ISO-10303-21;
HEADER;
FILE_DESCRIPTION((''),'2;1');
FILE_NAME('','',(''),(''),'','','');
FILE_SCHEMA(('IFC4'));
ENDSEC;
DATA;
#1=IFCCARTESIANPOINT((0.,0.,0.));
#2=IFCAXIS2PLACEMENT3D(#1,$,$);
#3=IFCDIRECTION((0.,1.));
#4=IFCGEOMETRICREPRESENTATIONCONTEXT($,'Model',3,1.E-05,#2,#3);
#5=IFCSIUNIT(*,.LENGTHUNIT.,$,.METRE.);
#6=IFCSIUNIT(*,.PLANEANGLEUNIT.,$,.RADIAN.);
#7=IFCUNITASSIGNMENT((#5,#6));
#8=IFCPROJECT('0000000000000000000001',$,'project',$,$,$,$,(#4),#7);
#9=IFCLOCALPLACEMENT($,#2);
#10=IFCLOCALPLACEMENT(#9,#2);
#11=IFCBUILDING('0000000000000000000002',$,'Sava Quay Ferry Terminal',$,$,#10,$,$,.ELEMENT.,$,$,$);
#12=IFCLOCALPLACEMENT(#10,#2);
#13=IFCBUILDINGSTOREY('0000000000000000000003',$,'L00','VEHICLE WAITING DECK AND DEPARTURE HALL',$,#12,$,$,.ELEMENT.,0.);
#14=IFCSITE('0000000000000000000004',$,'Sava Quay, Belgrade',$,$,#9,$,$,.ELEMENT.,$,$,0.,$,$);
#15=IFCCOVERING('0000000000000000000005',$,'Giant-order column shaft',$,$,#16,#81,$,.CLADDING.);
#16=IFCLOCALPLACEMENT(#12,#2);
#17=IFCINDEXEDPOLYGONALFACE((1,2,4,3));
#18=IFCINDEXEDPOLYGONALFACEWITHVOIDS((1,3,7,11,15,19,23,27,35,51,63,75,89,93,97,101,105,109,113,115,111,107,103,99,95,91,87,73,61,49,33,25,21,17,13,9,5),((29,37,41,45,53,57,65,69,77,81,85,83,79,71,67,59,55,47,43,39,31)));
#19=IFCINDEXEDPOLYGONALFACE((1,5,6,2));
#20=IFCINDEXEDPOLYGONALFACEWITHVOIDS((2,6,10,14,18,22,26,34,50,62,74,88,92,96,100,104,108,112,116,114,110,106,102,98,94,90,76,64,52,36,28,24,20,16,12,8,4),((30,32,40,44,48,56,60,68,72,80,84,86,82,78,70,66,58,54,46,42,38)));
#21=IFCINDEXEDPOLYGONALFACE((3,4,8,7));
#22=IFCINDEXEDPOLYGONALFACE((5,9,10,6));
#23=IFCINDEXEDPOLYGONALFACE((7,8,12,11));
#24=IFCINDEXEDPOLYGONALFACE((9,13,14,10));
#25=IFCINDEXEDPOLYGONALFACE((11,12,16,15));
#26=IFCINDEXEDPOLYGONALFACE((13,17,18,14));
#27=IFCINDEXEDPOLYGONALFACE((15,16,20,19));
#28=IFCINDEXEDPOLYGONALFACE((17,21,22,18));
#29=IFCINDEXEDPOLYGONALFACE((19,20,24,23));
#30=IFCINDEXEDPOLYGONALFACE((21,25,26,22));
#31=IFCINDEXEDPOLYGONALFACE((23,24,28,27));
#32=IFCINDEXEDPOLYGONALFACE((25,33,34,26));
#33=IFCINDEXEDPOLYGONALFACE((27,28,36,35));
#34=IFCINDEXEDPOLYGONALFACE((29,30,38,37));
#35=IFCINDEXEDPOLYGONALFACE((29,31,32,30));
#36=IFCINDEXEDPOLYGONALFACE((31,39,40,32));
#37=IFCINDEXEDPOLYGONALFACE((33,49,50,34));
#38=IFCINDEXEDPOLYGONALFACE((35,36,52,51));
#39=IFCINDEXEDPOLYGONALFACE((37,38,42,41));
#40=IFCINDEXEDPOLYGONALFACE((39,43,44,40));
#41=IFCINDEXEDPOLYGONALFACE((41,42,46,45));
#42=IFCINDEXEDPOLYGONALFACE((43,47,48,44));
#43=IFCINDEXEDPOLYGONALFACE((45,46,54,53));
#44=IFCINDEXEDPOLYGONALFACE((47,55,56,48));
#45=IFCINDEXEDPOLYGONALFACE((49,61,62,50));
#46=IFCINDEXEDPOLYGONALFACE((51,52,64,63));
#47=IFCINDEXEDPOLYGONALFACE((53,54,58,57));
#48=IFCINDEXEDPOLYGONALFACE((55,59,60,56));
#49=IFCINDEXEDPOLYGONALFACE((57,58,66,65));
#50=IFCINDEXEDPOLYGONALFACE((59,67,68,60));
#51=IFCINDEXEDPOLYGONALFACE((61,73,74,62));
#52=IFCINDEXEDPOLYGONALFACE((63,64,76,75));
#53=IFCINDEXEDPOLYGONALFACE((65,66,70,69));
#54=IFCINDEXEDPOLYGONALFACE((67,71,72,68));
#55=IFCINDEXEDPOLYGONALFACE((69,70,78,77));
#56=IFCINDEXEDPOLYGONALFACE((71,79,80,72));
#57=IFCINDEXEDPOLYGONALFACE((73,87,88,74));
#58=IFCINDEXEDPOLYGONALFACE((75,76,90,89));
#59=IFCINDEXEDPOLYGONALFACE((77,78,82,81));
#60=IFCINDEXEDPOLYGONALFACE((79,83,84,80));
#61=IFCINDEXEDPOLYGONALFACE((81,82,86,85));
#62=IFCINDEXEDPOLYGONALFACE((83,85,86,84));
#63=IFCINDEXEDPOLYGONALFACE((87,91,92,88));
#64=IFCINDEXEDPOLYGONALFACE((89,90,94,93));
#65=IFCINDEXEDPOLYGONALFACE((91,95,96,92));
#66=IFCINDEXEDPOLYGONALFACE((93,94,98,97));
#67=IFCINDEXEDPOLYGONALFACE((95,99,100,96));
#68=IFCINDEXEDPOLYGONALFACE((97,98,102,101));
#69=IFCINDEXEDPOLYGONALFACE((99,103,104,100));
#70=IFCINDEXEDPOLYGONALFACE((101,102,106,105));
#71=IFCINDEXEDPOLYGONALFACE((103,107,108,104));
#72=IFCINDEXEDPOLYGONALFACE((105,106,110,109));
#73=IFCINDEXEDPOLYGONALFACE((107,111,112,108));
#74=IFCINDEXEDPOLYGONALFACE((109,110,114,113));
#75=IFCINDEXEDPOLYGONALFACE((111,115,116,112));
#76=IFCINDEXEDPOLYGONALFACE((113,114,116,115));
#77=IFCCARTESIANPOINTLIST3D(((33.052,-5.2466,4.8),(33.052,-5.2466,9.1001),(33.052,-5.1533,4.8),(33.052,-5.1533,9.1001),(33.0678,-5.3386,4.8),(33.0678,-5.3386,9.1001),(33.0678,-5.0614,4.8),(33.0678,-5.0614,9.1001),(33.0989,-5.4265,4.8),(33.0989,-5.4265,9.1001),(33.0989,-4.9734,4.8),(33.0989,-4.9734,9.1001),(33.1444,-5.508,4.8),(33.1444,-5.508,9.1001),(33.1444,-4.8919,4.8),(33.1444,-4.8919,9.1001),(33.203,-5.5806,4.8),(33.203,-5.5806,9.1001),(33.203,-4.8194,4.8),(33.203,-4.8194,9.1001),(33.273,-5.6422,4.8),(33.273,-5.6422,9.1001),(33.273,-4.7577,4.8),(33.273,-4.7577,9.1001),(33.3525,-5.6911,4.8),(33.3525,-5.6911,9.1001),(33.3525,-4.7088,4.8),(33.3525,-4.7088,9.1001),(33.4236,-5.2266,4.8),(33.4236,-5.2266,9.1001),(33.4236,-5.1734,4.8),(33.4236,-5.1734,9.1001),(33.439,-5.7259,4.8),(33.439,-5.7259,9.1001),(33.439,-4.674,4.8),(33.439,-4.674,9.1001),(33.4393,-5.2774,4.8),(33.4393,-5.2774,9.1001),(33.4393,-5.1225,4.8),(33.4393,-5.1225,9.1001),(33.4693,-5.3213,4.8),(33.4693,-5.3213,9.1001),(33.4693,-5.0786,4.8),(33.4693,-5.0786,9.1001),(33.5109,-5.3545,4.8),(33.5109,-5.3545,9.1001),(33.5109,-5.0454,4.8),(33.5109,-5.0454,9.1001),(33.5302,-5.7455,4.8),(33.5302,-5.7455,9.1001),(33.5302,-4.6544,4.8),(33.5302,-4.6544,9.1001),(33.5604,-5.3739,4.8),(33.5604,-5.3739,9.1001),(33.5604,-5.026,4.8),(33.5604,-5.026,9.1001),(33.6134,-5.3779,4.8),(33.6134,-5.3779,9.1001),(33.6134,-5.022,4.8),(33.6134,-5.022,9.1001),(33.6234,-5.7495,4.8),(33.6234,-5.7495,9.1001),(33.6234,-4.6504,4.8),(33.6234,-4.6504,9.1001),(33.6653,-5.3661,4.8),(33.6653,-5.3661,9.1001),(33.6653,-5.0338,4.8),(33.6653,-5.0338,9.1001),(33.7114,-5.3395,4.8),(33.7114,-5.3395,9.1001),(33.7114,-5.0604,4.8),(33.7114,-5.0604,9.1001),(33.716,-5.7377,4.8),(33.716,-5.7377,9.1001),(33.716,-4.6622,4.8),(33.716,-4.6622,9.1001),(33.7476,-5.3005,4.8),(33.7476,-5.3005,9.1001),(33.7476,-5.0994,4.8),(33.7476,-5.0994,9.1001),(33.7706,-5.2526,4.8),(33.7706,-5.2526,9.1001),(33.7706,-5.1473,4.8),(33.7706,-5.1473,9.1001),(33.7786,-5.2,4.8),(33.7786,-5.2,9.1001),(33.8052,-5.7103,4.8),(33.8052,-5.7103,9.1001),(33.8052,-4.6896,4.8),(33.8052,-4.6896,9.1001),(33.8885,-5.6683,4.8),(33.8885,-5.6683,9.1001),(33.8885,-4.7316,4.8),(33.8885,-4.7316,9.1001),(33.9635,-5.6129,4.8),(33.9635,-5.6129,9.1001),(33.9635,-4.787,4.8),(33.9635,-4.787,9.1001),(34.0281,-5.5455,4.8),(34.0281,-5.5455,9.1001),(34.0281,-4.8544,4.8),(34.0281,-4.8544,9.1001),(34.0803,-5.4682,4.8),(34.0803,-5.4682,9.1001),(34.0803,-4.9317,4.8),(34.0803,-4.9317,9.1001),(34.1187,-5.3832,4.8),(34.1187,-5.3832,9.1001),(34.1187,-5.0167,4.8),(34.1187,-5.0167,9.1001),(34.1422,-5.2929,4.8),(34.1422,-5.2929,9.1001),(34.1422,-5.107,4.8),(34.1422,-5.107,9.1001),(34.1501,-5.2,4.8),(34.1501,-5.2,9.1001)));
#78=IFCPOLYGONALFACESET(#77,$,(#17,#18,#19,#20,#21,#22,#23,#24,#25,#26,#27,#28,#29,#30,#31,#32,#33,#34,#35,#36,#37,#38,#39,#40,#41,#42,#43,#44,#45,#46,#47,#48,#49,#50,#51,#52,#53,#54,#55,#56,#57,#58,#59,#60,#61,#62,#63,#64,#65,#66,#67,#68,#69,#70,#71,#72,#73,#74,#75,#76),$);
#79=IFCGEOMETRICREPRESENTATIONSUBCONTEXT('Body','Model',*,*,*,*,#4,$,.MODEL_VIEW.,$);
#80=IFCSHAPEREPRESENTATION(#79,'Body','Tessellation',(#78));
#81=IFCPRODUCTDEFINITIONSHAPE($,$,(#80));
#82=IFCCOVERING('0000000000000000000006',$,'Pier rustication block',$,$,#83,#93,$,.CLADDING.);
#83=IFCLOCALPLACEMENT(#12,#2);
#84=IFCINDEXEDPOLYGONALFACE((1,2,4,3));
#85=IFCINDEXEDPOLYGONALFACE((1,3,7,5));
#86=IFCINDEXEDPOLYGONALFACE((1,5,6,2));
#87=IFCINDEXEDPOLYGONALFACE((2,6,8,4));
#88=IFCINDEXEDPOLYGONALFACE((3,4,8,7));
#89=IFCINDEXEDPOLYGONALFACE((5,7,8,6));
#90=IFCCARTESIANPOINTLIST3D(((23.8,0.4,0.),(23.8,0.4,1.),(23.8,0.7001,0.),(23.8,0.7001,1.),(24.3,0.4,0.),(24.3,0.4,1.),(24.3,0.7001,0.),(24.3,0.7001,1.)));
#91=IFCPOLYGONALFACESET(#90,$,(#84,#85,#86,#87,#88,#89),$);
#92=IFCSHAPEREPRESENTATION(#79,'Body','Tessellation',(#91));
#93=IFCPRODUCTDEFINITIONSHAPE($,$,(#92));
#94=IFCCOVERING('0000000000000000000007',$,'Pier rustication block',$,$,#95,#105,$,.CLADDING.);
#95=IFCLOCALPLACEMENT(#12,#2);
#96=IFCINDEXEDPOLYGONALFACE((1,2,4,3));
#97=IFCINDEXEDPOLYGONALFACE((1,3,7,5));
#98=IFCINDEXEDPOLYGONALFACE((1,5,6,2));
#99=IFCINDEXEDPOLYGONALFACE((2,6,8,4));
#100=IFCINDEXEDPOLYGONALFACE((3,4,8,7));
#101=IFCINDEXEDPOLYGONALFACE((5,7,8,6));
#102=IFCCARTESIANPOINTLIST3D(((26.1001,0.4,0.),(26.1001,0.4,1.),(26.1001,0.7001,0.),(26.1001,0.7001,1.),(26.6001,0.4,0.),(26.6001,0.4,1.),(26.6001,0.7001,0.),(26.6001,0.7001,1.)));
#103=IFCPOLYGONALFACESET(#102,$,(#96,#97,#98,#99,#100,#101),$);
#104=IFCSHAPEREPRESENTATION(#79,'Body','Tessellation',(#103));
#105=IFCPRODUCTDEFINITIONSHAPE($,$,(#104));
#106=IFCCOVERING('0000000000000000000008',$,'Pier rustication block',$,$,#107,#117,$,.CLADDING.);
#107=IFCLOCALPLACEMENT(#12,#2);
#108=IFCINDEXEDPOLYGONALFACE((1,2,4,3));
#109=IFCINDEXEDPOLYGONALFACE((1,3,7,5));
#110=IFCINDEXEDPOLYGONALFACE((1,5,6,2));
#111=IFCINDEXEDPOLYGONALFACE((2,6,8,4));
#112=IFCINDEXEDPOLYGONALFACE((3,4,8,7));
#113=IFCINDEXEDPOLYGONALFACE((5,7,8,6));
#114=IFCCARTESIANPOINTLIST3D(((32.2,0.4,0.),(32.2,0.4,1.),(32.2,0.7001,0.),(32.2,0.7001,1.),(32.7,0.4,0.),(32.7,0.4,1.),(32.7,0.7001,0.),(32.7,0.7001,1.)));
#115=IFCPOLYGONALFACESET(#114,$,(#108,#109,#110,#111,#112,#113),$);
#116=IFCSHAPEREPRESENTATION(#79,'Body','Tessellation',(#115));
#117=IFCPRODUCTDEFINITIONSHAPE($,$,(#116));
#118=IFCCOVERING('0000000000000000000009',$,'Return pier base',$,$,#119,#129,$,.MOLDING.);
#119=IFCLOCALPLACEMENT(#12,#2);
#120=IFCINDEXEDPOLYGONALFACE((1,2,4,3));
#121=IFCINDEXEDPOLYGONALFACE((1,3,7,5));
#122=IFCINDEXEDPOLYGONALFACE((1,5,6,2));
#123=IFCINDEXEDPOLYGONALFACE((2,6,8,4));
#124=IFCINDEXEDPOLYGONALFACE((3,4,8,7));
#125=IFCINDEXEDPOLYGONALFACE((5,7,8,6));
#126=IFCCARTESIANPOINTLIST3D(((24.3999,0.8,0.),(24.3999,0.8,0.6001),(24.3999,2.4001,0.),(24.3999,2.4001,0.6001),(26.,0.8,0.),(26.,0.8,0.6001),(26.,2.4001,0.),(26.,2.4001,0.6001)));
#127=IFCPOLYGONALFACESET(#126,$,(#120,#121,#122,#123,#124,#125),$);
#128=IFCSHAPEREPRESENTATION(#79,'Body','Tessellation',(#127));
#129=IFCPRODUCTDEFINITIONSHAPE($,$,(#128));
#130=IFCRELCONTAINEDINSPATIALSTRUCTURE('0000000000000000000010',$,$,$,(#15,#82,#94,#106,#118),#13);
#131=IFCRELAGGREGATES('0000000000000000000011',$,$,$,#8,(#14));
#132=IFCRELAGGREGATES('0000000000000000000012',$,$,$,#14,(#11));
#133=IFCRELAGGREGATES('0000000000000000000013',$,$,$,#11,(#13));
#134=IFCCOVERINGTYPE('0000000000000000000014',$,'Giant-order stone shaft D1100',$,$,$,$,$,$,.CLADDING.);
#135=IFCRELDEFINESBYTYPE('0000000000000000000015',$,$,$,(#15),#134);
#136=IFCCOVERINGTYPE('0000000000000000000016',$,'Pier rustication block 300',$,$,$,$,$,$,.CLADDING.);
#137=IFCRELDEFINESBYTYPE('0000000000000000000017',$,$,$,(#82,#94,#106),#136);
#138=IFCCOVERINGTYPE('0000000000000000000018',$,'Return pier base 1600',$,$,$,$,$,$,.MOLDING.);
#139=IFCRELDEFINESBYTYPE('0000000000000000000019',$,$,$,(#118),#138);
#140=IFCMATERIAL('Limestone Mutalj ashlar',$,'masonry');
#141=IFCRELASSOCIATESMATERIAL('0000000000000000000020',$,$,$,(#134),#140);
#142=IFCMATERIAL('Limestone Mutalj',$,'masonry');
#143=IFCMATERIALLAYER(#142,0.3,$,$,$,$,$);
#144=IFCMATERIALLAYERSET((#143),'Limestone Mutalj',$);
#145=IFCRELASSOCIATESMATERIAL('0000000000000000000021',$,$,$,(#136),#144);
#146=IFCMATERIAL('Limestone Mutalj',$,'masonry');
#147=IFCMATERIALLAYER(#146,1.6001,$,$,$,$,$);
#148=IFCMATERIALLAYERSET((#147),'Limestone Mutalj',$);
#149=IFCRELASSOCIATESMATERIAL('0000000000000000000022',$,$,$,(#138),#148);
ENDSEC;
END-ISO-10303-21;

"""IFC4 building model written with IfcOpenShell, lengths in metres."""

from ifc_helpers import new_model, si_unit, direction, frame, origin, origin_2d, place, context, subcontext, project, spatial, rectangle, hollow_circle, extrude, material, layer, layer_set, material_profile, profile_set, type_object, element, save


model = new_model("IFC4")

# Units and contexts
model_context = context("Model", 3, precision=1e-05, world=origin(), true_north=direction((0.0, 1.0)))
body_context = subcontext(model_context, "Body", "Model", "MODEL_VIEW")
ifc_project = project(units=[si_unit("LENGTHUNIT", "METRE"), si_unit("PLANEANGLEUNIT", "RADIAN")], contexts=[model_context])

# Site, building, storey
site_placement = place(None, origin())
site = spatial("IfcSite", under=ifc_project, at=site_placement, Name="Sava Quay, Belgrade", CompositionType="ELEMENT", RefElevation=0.0)
building_placement = place(site_placement, origin())
building = spatial("IfcBuilding", under=site, at=building_placement, Name="Sava Quay Ferry Terminal", CompositionType="ELEMENT")
storey_placement = place(building_placement, origin())
storey = spatial("IfcBuildingStorey", under=building, at=storey_placement, Name="L00", Description="VEHICLE WAITING DECK AND DEPARTURE HALL", CompositionType="ELEMENT", Elevation=0.0)

# Coverings
ifc_material_1 = material(Name="Limestone Mutalj ashlar", Category="masonry")
ifc_material_profile_1 = material_profile(ifc_material_1, hollow_circle(Radius=0.55, WallThickness=0.3716, at=origin_2d()), Name="Stone shaft D1100")
ifc_profile_set_1 = profile_set([ifc_material_profile_1], Name="Limestone Mutalj ashlar")
covering_type_1 = type_object("IfcCoveringType", Name="Giant-order stone shaft D1100", PredefinedType="CLADDING", material=ifc_profile_set_1)
covering_1_placement = place(storey_placement, frame((33.6001, -5.2, 4.8), z_axis=(0.0, 0.0, 1.0), x_axis=(1.0, 0.0, 0.0)))
element("IfcCovering", 1, at=covering_1_placement, inside=storey, type_object=covering_type_1, Name="Giant-order column shaft", PredefinedType="CLADDING", context=body_context, shape_type="SweptSolid", body=[
    extrude(hollow_circle(Radius=0.55, WallThickness=0.3716, at=origin_2d()), origin(), (0.0, 0.0, 1.0), 4.3),
])
ifc_material_2 = material(Name="Limestone Mutalj", Category="masonry")
ifc_layer_1 = layer(ifc_material_2, 0.3)
ifc_layer_set_1 = layer_set([ifc_layer_1], Name="Limestone Mutalj")
covering_type_2 = type_object("IfcCoveringType", Name="Pier rustication block 300", PredefinedType="CLADDING", material=ifc_layer_set_1)
for number, where, z_axis, x_axis, name in (
    (2, (24.05, 0.55, 0.0), (0.0, 0.0, 1.0), (1.0, 0.0, 0.0), "Pier rustication block"),
    (3, (26.3501, 0.55, 0.0), (0.0, 0.0, 1.0), (1.0, 0.0, 0.0), "Pier rustication block"),
    (4, (32.45, 0.55, 0.0), (0.0, 0.0, 1.0), (1.0, 0.0, 0.0), "Pier rustication block"),
):
    element("IfcCovering", number, at=place(storey_placement, frame(where, z_axis=z_axis, x_axis=x_axis)), inside=storey, type_object=covering_type_2, Name=name, PredefinedType="CLADDING", context=body_context, shape_type="SweptSolid", body=[
        extrude(rectangle(XDim=0.5, YDim=0.3, at=origin_2d()), origin(), (0.0, 0.0, 1.0), 1.0),
    ])
ifc_material_3 = material(Name="Limestone Mutalj", Category="masonry")
ifc_layer_2 = layer(ifc_material_3, 1.6001)
ifc_layer_set_2 = layer_set([ifc_layer_2], Name="Limestone Mutalj")
covering_type_3 = type_object("IfcCoveringType", Name="Return pier base 1600", PredefinedType="MOLDING", material=ifc_layer_set_2)
covering_2_placement = place(storey_placement, frame((25.2, 1.6001, 0.0), z_axis=(0.0, 0.0, 1.0), x_axis=(1.0, 0.0, 0.0)))
element("IfcCovering", 5, at=covering_2_placement, inside=storey, type_object=covering_type_3, Name="Return pier base", PredefinedType="MOLDING", context=body_context, shape_type="SweptSolid", body=[
    extrude(rectangle(XDim=1.6001, YDim=1.6001, at=origin_2d()), origin(), (0.0, 0.0, 1.0), 0.6001),
])

save(model, "model.ifc")
